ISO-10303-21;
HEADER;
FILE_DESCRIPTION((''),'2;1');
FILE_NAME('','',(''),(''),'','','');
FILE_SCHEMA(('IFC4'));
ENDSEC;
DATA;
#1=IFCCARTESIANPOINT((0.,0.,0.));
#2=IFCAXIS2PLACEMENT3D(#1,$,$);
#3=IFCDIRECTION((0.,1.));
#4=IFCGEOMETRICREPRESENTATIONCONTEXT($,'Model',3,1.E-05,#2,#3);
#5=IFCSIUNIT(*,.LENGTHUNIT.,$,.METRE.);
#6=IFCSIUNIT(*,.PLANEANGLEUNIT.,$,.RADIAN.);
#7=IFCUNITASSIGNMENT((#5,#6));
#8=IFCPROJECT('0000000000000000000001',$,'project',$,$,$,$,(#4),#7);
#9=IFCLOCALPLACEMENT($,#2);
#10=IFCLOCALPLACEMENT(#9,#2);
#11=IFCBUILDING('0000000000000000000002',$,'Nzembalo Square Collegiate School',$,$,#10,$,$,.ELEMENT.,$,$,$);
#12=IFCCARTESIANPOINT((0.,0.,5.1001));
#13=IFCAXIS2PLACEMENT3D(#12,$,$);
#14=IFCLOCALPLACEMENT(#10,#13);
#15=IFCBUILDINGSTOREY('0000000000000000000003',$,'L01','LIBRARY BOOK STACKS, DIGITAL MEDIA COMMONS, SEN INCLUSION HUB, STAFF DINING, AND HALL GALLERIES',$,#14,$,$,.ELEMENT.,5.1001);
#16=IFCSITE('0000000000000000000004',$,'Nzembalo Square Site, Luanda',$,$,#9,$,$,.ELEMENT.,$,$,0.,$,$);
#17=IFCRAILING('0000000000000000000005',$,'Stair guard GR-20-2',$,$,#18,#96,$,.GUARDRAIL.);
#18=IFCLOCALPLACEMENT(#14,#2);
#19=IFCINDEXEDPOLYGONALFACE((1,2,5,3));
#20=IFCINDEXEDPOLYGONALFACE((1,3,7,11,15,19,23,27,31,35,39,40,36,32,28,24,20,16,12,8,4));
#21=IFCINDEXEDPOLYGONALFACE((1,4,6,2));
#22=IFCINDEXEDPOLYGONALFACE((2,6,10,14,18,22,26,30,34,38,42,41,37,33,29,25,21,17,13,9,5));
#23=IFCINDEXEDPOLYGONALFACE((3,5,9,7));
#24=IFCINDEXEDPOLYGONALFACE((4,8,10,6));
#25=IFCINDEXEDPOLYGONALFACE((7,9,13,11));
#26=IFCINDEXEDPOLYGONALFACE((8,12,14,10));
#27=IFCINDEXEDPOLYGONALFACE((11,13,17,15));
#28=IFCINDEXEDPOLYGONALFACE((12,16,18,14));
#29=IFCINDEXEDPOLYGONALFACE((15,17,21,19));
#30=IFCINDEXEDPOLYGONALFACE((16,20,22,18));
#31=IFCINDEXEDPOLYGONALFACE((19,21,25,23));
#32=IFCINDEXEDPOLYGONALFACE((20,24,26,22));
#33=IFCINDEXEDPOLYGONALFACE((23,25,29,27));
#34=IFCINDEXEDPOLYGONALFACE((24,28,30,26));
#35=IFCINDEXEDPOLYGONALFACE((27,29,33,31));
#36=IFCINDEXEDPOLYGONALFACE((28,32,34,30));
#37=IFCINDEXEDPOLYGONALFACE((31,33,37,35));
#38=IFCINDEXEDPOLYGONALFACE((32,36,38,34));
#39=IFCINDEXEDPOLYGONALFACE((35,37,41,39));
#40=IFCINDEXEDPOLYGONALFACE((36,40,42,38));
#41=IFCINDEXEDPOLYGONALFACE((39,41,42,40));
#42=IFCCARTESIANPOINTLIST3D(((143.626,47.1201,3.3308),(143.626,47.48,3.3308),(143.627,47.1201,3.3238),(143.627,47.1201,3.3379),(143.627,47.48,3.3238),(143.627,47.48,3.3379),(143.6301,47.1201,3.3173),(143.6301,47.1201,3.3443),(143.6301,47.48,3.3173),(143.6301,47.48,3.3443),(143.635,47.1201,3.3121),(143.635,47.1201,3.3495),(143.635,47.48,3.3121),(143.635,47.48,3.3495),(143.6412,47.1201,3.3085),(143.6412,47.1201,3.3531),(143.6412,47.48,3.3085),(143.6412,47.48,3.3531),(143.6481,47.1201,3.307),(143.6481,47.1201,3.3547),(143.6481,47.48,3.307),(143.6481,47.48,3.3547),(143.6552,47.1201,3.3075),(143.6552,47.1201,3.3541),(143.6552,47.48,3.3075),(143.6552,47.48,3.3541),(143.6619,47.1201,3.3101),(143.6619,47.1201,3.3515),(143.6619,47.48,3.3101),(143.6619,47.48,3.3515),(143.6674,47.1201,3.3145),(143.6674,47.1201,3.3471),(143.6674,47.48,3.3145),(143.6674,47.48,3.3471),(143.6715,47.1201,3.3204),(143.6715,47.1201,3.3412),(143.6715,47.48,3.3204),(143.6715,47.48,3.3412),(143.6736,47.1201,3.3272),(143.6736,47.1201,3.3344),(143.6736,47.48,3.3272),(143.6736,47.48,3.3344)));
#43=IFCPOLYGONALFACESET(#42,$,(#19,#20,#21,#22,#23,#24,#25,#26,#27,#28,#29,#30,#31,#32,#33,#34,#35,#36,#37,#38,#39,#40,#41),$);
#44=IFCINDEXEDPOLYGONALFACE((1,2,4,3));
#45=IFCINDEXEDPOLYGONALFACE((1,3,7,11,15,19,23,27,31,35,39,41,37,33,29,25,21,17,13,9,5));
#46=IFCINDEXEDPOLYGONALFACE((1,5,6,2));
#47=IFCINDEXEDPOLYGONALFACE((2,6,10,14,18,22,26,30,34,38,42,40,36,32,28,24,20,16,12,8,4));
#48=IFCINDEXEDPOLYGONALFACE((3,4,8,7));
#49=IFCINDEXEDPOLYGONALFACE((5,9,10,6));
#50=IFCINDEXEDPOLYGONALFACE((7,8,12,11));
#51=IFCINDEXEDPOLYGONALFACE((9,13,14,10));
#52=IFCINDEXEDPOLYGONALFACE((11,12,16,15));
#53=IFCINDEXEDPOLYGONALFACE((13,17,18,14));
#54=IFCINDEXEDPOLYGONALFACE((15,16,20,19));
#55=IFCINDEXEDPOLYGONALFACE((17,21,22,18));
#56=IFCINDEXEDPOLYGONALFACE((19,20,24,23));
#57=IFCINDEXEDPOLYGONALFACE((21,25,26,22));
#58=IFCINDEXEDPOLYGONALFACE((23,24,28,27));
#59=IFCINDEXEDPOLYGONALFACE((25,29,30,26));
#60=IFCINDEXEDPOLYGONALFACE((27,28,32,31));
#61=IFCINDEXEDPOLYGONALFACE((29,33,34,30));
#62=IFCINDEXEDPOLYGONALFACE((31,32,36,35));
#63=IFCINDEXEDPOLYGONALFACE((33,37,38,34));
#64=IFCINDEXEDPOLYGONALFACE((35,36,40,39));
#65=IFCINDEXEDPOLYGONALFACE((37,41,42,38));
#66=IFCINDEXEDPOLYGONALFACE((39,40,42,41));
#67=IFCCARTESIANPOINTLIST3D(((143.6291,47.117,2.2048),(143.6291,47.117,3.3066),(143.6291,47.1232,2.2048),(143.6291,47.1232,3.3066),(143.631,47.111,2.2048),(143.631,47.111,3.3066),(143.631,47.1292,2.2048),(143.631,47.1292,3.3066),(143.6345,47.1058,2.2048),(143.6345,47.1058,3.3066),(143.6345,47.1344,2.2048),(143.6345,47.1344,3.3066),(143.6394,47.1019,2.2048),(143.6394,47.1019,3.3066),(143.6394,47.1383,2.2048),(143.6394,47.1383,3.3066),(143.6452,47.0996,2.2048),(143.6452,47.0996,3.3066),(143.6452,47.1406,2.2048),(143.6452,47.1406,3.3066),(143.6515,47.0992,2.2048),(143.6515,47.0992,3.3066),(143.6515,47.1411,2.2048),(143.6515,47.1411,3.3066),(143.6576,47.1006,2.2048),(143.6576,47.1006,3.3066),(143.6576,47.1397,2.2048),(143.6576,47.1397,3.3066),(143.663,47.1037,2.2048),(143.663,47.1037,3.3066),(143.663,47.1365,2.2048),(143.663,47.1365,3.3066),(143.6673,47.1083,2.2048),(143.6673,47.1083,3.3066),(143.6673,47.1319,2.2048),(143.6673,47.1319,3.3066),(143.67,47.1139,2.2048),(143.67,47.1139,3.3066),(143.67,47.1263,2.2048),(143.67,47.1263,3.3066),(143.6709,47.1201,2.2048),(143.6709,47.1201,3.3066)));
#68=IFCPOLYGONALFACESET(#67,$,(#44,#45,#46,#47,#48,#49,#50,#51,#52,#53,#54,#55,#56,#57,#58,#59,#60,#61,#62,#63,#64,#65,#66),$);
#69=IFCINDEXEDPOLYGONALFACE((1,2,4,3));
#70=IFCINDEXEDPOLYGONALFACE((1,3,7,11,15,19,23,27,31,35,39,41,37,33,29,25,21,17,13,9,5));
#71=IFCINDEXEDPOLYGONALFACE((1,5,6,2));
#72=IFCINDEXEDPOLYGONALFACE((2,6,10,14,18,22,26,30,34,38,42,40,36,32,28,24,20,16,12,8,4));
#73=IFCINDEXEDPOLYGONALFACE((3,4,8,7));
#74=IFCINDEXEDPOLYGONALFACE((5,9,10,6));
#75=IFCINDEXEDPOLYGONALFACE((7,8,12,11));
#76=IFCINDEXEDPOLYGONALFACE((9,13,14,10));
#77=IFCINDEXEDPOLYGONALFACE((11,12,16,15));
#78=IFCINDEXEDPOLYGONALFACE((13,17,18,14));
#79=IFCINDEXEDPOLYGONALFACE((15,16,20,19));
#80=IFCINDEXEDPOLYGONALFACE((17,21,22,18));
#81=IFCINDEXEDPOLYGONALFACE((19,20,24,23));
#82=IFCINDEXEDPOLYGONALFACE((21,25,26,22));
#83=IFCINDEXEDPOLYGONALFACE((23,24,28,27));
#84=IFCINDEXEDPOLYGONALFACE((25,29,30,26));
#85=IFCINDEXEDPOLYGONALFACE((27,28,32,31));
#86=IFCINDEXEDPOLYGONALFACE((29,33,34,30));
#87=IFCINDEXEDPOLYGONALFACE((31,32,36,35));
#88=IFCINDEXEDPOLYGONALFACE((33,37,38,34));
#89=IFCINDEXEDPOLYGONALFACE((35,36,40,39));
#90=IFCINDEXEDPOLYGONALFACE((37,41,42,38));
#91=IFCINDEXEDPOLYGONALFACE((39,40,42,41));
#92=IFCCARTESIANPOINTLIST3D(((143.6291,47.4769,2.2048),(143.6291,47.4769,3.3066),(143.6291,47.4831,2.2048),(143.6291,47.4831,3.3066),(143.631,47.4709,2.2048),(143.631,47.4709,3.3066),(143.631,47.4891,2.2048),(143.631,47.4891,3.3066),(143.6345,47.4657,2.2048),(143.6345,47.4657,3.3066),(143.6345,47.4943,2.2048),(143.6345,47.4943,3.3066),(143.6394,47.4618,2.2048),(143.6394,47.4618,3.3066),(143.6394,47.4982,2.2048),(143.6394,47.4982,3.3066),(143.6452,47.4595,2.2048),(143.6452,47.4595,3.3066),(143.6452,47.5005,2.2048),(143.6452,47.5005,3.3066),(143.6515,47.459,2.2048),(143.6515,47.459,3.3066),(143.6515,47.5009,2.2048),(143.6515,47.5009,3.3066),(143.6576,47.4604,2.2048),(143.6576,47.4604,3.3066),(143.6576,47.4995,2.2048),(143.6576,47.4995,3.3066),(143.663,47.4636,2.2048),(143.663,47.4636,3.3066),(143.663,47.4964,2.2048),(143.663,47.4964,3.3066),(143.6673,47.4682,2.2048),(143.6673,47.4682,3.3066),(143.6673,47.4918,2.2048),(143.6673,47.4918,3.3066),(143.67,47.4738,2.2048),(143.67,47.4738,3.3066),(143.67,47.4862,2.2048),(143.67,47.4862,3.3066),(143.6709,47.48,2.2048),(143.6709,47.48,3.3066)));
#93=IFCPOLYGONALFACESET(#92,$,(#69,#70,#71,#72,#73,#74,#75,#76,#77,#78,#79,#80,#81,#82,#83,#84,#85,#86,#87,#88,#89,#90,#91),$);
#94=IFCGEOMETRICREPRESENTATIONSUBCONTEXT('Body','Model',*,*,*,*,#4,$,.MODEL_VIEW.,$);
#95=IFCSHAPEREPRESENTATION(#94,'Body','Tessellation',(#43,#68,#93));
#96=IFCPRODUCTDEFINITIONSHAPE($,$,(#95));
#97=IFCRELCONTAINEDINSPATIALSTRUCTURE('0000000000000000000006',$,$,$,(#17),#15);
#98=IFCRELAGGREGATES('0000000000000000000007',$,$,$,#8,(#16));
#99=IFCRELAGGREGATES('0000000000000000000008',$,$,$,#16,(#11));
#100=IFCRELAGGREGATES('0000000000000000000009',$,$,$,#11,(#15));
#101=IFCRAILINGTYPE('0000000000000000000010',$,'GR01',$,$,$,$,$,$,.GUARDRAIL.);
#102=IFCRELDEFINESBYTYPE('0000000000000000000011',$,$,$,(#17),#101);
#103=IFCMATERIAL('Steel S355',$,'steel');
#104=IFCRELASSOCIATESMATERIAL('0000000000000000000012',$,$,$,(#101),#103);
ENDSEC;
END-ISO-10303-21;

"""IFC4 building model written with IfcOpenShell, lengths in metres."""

from ifc_helpers import new_model, si_unit, direction, frame, origin, origin_2d, place, context, subcontext, project, spatial, circle, extrude, material, type_object, element, save


model = new_model("IFC4")

# Units and contexts
model_context = context("Model", 3, precision=1e-05, world=origin(), true_north=direction((0.0, 1.0)))
body_context = subcontext(model_context, "Body", "Model", "MODEL_VIEW")
ifc_project = project(units=[si_unit("LENGTHUNIT", "METRE"), si_unit("PLANEANGLEUNIT", "RADIAN")], contexts=[model_context])

# Site, building, storey
site_placement = place(None, origin())
site = spatial("IfcSite", under=ifc_project, at=site_placement, Name="Nzembalo Square Site, Luanda", CompositionType="ELEMENT", RefElevation=0.0)
building_placement = place(site_placement, origin())
building = spatial("IfcBuilding", under=site, at=building_placement, Name="Nzembalo Square Collegiate School", CompositionType="ELEMENT")
storey_placement = place(building_placement, frame((0.0, 0.0, 5.1001)))
storey = spatial("IfcBuildingStorey", under=building, at=storey_placement, Name="L01", Description="LIBRARY BOOK STACKS, DIGITAL MEDIA COMMONS, SEN INCLUSION HUB, STAFF DINING, AND HALL GALLERIES", CompositionType="ELEMENT", Elevation=5.1001)

# Railing
ifc_material_1 = material(Name="Steel S355", Category="steel")
railing_type_1 = type_object("IfcRailingType", Name="GR01", PredefinedType="GUARDRAIL", material=ifc_material_1)
railing_1_placement = place(storey_placement, frame((143.6499, 47.1201, 2.2048)))
element("IfcRailing", 1, at=railing_1_placement, inside=storey, type_object=railing_type_1, Name="Stair guard GR-20-2", PredefinedType="GUARDRAIL", context=body_context, shape_type="SweptSolid", body=[
    extrude(circle(Radius=0.0239, at=origin_2d()), frame((0.0, 0.0, 1.126), z_axis=(0.0, 1.0, 0.0), x_axis=(-1.0, 0.0, 0.0)), (0.0, 0.0, 1.0), 0.3599),
    extrude(circle(Radius=0.021, at=origin_2d()), origin(), (0.0, 0.0, 1.0), 1.1018),
    extrude(circle(Radius=0.021, at=origin_2d()), frame((0.0, 0.3599, 0.0)), (0.0, 0.0, 1.0), 1.1018),
])

save(model, "model.ifc")
